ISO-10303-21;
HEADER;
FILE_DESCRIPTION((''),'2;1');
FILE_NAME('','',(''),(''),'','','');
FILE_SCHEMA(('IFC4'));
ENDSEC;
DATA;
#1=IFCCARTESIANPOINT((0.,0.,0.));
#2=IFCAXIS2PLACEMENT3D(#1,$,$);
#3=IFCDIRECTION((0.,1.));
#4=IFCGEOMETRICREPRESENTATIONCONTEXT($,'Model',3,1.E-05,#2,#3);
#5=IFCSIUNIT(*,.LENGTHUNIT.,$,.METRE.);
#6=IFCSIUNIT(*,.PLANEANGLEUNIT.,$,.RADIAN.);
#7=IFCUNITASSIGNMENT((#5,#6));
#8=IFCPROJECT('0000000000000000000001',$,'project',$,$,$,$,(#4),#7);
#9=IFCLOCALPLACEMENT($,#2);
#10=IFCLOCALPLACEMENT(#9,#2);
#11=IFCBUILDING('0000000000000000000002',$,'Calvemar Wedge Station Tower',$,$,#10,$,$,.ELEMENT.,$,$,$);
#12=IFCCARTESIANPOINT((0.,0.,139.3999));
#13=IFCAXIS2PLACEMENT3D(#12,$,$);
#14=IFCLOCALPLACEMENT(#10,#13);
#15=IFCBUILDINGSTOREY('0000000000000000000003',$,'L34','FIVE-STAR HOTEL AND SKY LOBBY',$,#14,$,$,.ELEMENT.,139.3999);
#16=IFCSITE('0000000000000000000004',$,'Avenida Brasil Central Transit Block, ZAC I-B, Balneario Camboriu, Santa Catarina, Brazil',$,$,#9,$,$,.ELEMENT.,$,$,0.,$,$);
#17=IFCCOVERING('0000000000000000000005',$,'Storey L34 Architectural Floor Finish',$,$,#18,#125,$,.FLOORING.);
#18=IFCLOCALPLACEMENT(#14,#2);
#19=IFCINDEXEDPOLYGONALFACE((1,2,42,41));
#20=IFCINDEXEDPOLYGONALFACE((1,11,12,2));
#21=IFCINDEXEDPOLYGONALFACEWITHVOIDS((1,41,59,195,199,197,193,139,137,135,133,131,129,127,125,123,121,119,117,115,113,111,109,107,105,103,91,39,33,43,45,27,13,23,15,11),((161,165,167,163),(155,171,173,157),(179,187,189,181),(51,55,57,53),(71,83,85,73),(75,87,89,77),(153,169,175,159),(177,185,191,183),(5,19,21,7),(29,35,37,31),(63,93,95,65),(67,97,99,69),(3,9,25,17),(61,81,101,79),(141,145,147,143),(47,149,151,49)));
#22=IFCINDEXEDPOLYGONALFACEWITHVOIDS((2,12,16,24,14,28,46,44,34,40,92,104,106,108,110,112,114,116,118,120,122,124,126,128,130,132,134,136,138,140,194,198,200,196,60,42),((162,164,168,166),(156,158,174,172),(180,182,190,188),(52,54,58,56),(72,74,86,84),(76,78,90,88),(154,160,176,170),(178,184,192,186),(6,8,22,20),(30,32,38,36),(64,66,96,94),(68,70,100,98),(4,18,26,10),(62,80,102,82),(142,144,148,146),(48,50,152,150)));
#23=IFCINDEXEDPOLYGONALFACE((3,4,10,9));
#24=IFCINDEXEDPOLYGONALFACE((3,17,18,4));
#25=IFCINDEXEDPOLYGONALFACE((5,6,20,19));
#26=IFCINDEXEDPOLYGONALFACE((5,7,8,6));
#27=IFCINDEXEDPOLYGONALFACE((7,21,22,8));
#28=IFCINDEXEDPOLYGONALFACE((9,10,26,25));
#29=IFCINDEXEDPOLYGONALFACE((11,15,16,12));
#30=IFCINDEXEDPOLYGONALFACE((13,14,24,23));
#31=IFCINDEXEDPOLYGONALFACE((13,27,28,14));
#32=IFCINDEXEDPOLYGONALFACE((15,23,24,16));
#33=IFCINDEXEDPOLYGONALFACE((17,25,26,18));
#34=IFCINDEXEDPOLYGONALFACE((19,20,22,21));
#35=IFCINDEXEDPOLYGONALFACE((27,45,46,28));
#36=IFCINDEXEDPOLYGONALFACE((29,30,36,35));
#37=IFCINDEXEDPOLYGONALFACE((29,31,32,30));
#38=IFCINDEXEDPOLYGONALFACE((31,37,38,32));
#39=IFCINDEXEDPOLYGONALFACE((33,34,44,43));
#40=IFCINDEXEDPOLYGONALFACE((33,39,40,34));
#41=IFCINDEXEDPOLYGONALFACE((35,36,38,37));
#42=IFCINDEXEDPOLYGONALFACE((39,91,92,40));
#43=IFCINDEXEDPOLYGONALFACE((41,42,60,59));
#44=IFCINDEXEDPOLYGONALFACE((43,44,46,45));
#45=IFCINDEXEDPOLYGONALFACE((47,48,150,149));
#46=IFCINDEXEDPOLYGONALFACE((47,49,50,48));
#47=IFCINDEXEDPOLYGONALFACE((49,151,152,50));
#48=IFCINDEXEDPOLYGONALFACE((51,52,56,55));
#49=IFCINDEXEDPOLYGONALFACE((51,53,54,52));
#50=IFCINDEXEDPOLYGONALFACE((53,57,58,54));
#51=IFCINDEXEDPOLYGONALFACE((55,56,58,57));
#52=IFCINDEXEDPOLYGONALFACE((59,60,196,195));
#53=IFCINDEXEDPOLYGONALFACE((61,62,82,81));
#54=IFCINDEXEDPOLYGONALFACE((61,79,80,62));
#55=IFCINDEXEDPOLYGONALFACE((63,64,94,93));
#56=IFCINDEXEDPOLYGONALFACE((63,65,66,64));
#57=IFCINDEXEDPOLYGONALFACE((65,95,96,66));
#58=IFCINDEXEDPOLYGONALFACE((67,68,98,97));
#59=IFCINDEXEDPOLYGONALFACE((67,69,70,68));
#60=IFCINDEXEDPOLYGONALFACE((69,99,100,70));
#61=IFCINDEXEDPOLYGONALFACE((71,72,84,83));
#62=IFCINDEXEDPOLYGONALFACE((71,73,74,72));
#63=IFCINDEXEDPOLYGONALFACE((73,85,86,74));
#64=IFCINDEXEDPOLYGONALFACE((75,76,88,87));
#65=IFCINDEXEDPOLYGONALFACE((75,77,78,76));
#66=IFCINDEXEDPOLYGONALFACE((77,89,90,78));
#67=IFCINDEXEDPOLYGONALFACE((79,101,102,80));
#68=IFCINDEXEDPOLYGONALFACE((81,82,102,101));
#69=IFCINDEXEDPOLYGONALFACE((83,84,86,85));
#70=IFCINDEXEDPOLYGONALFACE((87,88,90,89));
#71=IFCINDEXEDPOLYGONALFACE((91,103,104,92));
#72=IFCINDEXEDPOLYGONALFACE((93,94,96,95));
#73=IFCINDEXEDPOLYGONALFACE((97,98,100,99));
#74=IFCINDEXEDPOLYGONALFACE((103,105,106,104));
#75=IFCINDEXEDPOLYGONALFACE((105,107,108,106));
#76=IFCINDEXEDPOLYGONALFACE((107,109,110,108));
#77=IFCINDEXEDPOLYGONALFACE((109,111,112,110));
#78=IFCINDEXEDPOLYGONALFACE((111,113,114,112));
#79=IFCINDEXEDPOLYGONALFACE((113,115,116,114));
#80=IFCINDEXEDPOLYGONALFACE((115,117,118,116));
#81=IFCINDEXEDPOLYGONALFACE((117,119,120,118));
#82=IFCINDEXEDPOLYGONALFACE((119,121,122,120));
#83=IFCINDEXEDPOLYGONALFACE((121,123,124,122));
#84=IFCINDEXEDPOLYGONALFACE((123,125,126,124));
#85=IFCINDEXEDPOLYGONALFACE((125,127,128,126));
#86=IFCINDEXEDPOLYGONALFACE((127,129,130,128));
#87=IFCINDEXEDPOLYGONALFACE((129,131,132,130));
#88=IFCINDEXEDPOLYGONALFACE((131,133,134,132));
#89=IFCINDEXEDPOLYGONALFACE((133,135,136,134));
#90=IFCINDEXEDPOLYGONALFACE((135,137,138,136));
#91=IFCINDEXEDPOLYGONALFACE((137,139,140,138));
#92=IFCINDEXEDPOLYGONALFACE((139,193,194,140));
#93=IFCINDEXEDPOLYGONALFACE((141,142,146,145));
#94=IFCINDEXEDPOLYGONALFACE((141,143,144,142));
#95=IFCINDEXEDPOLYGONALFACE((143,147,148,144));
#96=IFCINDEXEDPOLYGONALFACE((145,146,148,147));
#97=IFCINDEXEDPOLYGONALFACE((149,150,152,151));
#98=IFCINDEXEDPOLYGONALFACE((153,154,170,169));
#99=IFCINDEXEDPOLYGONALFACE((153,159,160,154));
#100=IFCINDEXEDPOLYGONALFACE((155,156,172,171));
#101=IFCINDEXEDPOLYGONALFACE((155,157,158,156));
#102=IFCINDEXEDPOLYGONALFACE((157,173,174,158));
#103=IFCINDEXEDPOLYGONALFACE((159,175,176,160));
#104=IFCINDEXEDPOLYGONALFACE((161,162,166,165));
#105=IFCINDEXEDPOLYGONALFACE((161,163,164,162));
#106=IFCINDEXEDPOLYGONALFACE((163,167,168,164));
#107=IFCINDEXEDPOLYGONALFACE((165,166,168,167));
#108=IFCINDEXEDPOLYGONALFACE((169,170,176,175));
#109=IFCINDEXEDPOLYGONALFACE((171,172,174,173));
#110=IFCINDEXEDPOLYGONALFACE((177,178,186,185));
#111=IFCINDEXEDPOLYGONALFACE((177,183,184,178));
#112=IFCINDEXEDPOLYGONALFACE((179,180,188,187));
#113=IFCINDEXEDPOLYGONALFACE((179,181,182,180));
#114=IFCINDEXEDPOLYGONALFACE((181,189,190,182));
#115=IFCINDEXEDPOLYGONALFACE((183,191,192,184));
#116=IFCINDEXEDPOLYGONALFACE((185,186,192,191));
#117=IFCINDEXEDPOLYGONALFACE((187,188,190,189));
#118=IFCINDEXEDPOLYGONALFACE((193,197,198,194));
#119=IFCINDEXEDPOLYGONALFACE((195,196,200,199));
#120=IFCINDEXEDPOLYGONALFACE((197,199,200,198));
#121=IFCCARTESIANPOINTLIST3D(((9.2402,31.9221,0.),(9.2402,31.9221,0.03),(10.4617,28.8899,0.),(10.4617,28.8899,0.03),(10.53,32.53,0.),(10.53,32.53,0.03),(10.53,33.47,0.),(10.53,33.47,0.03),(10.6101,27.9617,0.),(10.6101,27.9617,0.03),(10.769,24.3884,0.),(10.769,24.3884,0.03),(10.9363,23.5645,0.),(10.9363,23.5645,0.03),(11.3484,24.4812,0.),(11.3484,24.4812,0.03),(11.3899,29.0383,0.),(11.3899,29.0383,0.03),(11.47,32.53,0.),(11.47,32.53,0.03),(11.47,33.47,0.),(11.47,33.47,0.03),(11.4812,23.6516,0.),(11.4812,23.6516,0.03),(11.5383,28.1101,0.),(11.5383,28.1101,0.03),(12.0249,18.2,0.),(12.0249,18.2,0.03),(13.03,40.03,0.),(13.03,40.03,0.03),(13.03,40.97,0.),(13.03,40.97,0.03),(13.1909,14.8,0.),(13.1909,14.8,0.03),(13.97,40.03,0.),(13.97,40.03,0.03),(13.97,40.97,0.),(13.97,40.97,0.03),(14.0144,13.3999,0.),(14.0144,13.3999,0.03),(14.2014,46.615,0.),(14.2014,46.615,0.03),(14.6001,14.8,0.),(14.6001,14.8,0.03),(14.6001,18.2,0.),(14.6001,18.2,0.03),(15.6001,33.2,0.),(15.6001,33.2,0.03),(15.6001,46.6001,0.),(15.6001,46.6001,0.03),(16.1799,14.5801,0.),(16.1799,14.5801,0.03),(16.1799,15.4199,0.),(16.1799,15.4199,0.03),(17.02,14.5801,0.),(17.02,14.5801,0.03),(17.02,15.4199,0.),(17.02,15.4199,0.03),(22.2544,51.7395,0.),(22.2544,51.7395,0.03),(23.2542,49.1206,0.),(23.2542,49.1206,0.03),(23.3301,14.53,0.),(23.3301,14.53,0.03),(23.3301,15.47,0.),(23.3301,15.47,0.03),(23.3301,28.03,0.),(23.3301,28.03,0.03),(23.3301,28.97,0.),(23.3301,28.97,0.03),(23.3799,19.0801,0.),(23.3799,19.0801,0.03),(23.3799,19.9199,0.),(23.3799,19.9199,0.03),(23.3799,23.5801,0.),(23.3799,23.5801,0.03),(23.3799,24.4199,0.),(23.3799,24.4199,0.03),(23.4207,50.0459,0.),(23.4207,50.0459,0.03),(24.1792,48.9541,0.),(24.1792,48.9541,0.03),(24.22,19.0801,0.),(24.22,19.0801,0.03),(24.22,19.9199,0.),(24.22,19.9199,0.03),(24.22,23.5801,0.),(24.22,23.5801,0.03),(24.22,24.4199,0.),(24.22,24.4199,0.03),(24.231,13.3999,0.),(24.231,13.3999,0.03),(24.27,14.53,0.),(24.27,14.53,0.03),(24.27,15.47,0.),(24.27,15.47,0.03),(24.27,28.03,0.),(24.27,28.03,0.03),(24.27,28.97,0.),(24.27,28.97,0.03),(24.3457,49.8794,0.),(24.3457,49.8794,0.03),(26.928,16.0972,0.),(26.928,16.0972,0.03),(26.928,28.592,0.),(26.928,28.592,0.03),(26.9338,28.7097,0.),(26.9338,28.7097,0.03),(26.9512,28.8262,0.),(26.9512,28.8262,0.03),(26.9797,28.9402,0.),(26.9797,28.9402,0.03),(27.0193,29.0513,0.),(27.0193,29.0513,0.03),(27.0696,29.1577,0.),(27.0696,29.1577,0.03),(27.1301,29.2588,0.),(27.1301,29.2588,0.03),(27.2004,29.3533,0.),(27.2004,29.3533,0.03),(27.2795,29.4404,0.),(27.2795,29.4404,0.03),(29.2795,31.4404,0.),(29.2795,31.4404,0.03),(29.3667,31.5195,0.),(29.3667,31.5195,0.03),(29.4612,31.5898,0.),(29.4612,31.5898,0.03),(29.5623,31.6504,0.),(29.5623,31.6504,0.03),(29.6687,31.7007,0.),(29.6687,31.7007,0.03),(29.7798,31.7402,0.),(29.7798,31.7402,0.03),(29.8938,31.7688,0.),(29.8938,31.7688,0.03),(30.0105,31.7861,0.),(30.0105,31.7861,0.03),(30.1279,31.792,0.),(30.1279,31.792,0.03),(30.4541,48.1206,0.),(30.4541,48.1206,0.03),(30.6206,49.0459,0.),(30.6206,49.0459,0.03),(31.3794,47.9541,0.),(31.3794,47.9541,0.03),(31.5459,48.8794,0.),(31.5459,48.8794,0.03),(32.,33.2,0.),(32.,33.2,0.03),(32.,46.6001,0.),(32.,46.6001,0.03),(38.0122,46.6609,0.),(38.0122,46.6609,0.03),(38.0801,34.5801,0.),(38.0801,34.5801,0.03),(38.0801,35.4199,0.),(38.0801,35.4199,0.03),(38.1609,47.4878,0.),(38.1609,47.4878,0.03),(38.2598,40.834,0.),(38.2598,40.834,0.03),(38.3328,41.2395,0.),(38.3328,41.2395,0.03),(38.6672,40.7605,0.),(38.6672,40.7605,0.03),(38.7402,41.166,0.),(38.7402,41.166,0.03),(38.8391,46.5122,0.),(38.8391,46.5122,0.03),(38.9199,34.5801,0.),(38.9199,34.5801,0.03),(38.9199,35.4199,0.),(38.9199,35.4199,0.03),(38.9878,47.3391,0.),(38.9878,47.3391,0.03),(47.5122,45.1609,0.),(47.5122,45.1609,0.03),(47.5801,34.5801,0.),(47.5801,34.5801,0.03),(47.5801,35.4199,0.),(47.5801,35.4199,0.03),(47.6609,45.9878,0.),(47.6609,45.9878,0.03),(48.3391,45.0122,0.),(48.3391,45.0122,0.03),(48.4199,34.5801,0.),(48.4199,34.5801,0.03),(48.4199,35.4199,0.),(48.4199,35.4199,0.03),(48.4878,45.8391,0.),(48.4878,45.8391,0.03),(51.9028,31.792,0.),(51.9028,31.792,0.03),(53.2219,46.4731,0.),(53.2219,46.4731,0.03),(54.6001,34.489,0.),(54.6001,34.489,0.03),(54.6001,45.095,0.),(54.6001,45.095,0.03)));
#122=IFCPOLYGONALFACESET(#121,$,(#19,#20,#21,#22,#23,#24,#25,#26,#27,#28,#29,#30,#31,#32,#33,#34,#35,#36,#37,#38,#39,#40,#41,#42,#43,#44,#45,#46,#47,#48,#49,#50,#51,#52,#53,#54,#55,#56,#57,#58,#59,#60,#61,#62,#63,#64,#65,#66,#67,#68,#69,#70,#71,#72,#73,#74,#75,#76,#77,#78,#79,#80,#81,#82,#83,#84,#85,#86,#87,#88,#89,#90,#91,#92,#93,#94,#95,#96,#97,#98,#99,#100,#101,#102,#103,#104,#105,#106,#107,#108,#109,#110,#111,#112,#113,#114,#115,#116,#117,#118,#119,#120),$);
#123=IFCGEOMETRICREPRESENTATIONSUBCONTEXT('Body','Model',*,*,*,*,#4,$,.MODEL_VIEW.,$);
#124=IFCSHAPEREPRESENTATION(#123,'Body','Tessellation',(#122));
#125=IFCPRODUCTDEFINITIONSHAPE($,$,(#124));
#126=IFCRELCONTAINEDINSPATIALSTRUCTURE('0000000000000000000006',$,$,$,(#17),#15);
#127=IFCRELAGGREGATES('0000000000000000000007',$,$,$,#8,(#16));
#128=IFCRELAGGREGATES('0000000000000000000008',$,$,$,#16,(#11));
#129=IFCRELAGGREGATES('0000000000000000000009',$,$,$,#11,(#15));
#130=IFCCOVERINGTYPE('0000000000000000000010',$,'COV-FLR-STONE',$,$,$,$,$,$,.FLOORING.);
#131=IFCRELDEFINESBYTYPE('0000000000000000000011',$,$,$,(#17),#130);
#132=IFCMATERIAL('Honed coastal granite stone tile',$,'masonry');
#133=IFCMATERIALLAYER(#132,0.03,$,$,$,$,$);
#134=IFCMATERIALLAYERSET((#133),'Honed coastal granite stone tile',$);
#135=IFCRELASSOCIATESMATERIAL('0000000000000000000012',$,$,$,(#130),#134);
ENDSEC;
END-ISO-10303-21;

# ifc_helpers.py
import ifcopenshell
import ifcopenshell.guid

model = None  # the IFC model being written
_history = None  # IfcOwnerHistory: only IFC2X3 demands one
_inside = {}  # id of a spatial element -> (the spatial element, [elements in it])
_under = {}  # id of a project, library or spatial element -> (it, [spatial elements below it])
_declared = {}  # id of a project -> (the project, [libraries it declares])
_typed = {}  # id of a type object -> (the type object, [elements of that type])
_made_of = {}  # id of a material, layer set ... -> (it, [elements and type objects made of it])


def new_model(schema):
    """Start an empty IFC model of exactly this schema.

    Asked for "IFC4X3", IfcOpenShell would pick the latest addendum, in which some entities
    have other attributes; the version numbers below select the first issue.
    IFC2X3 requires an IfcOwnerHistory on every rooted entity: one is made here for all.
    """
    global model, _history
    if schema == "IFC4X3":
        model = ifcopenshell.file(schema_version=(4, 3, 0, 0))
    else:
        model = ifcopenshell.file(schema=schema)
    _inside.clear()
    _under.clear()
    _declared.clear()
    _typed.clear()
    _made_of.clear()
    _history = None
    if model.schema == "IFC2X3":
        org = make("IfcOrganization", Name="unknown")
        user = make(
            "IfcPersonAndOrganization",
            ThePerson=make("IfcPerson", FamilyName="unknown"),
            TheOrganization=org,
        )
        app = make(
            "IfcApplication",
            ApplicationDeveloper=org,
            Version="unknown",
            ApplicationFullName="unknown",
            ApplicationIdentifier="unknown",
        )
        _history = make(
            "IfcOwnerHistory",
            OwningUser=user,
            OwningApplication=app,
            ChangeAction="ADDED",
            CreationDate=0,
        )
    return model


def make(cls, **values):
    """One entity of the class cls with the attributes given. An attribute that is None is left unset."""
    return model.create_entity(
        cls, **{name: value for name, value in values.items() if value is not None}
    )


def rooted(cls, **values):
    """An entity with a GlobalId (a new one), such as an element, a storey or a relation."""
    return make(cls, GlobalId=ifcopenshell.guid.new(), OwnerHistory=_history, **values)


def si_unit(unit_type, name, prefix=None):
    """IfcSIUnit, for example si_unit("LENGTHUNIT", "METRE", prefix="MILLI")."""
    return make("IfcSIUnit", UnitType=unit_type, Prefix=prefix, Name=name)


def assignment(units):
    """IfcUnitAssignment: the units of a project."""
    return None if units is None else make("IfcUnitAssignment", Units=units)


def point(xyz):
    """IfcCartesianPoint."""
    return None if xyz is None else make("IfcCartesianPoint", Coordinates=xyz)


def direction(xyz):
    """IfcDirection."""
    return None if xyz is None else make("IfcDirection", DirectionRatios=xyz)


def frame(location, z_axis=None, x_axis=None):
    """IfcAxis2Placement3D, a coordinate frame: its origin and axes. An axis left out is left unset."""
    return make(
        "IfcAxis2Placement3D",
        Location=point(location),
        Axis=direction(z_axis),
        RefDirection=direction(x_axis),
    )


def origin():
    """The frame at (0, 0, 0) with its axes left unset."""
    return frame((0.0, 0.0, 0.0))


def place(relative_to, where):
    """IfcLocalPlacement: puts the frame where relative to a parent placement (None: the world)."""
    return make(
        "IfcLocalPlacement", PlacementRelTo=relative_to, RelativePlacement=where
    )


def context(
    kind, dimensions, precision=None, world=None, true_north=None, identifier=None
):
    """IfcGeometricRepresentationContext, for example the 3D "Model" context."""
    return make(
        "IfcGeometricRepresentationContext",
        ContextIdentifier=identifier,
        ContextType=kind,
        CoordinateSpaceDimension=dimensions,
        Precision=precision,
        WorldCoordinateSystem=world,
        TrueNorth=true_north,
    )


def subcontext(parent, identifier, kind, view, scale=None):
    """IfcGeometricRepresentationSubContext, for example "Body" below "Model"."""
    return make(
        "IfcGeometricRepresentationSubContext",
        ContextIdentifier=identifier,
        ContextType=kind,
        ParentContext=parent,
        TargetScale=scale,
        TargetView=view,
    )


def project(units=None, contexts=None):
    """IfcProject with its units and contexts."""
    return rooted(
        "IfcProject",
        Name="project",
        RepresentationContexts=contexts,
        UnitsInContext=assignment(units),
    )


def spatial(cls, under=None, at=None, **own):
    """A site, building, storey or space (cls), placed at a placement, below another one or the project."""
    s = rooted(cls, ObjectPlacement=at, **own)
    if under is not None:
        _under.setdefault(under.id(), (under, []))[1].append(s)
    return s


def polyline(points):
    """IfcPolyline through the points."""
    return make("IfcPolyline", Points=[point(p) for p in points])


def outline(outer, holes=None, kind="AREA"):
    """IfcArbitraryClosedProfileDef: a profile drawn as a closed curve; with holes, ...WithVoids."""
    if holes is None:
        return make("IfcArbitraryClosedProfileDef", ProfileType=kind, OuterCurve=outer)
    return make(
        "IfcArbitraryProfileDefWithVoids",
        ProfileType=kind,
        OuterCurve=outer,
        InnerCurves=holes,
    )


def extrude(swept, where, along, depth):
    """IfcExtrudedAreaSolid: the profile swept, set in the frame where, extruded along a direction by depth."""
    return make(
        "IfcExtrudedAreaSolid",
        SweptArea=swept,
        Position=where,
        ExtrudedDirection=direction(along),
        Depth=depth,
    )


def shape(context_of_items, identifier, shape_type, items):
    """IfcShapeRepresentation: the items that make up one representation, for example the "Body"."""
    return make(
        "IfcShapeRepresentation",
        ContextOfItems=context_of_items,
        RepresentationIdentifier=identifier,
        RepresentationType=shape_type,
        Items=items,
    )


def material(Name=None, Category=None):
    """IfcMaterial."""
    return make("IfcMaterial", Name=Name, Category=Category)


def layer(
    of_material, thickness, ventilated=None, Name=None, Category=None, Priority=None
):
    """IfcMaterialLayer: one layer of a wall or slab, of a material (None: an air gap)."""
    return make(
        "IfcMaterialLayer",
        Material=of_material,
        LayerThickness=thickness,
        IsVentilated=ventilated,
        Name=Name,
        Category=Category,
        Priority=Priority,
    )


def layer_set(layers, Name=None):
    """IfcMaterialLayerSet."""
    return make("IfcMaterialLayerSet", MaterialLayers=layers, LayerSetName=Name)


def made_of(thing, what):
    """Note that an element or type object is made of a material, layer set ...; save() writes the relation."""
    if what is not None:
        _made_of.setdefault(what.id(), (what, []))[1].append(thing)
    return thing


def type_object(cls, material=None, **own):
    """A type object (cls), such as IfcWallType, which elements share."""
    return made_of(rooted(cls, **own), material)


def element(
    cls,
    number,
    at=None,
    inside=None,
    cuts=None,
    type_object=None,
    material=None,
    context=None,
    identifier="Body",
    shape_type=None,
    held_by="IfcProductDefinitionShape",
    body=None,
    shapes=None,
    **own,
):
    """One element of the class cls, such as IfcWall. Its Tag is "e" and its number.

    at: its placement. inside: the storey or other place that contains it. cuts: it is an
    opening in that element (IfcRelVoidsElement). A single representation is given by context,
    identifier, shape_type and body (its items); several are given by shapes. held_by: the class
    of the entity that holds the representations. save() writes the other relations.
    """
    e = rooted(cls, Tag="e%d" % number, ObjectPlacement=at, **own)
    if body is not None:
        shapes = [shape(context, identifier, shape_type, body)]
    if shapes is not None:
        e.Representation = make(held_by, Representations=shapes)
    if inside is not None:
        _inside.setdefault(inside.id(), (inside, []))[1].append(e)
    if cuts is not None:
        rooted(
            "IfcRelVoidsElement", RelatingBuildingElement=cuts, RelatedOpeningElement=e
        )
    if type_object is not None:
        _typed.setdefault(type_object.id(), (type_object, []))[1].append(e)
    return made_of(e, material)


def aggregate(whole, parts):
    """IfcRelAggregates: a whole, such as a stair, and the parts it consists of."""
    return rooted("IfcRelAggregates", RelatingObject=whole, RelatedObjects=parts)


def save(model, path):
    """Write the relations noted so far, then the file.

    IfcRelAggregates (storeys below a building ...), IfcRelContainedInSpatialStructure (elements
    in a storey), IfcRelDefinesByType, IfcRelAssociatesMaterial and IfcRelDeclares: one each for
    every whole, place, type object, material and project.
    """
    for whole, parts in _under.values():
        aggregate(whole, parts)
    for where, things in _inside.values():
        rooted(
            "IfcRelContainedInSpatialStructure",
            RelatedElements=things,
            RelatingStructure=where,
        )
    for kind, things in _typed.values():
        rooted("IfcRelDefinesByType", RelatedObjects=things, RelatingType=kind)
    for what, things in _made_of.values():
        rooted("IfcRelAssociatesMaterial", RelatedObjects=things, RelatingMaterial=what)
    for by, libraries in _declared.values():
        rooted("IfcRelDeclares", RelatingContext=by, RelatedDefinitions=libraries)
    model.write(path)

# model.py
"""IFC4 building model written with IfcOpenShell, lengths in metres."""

from ifc_helpers import new_model, si_unit, direction, frame, origin, place, context, subcontext, project, spatial, polyline, outline, extrude, material, layer, layer_set, type_object, element, save


model = new_model("IFC4")

# Units and contexts
model_context = context("Model", 3, precision=1e-05, world=origin(), true_north=direction((0.0, 1.0)))
body_context = subcontext(model_context, "Body", "Model", "MODEL_VIEW")
ifc_project = project(units=[si_unit("LENGTHUNIT", "METRE"), si_unit("PLANEANGLEUNIT", "RADIAN")], contexts=[model_context])

# Site, building, storey
site_placement = place(None, origin())
site = spatial("IfcSite", under=ifc_project, at=site_placement, Name="Avenida Brasil Central Transit Block, ZAC I-B, Balneario Camboriu, Santa Catarina, Brazil", CompositionType="ELEMENT", RefElevation=0.0)
building_placement = place(site_placement, origin())
building = spatial("IfcBuilding", under=site, at=building_placement, Name="Calvemar Wedge Station Tower", CompositionType="ELEMENT")
storey_placement = place(building_placement, frame((0.0, 0.0, 139.3999)))
storey = spatial("IfcBuildingStorey", under=building, at=storey_placement, Name="L34", Description="FIVE-STAR HOTEL AND SKY LOBBY", CompositionType="ELEMENT", Elevation=139.3999)

# Covering
ifc_material_1 = material(Name="Honed coastal granite stone tile", Category="masonry")
ifc_layer_1 = layer(ifc_material_1, 0.03)
ifc_layer_set_1 = layer_set([ifc_layer_1], Name="Honed coastal granite stone tile")
covering_type_1 = type_object("IfcCoveringType", Name="COV-FLR-STONE", PredefinedType="FLOORING", material=ifc_layer_set_1)
covering_1_placement = place(storey_placement, origin())
element("IfcCovering", 1, at=covering_1_placement, inside=storey, type_object=covering_type_1, Name="Storey L34 Architectural Floor Finish", PredefinedType="FLOORING", context=body_context, shape_type="SweptSolid", body=[
    extrude(outline(polyline([(27.2795, 29.4404), (29.2795, 31.4404), (29.3667, 31.5195), (29.4612, 31.5898), (29.5623, 31.6504), (29.6687, 31.7007), (29.7798, 31.7402), (29.8938, 31.7688), (30.0105, 31.7861), (30.1279, 31.792), (51.9028, 31.792), (54.6001, 34.489), (54.6001, 45.095), (53.2219, 46.4731), (22.2544, 51.7395), (14.2014, 46.615), (9.2402, 31.9221), (10.769, 24.3884), (11.3484, 24.4812), (11.4812, 23.6516), (10.9363, 23.5645), (12.0249, 18.2), (14.6001, 18.2), (14.6001, 14.8), (13.1909, 14.8), (14.0144, 13.3999), (24.231, 13.3999), (26.928, 16.0972), (26.928, 28.592), (26.9338, 28.7097), (26.9512, 28.8262), (26.9797, 28.9402), (27.0193, 29.0513), (27.0696, 29.1577), (27.1301, 29.2588), (27.2004, 29.3533), (27.2795, 29.4404)]), holes=[polyline([(15.6001, 46.6001), (32.0, 46.6001), (32.0, 33.2), (15.6001, 33.2), (15.6001, 46.6001)]), polyline([(10.53, 32.53), (10.53, 33.47), (11.47, 33.47), (11.47, 32.53), (10.53, 32.53)]), polyline([(13.03, 40.97), (13.97, 40.97), (13.97, 40.03), (13.03, 40.03), (13.03, 40.97)]), polyline([(24.3457, 49.8794), (24.1792, 48.9541), (23.2542, 49.1206), (23.4207, 50.0459), (24.3457, 49.8794)]), polyline([(31.3794, 47.9541), (30.4541, 48.1206), (30.6206, 49.0459), (31.5459, 48.8794), (31.3794, 47.9541)]), polyline([(38.0122, 46.6609), (38.1609, 47.4878), (38.9878, 47.3391), (38.8391, 46.5122), (38.0122, 46.6609)]), polyline([(47.6609, 45.9878), (48.4878, 45.8391), (48.3391, 45.0122), (47.5122, 45.1609), (47.6609, 45.9878)]), polyline([(38.9199, 35.4199), (38.9199, 34.5801), (38.0801, 34.5801), (38.0801, 35.4199), (38.9199, 35.4199)]), polyline([(48.4199, 34.5801), (47.5801, 34.5801), (47.5801, 35.4199), (48.4199, 35.4199), (48.4199, 34.5801)]), polyline([(38.2598, 40.834), (38.3328, 41.2395), (38.7402, 41.166), (38.6672, 40.7605), (38.2598, 40.834)]), polyline([(11.3899, 29.0383), (11.5383, 28.1101), (10.6101, 27.9617), (10.4617, 28.8899), (11.3899, 29.0383)]), polyline([(24.27, 28.03), (23.3301, 28.03), (23.3301, 28.97), (24.27, 28.97), (24.27, 28.03)]), polyline([(23.3799, 23.5801), (23.3799, 24.4199), (24.22, 24.4199), (24.22, 23.5801), (23.3799, 23.5801)]), polyline([(23.3799, 19.9199), (24.22, 19.9199), (24.22, 19.0801), (23.3799, 19.0801), (23.3799, 19.9199)]), polyline([(24.27, 15.47), (24.27, 14.53), (23.3301, 14.53), (23.3301, 15.47), (24.27, 15.47)]), polyline([(17.02, 14.5801), (16.1799, 14.5801), (16.1799, 15.4199), (17.02, 15.4199), (17.02, 14.5801)])]), origin(), (0.0, 0.0, 1.0), 0.03),
])

save(model, "model.ifc")
